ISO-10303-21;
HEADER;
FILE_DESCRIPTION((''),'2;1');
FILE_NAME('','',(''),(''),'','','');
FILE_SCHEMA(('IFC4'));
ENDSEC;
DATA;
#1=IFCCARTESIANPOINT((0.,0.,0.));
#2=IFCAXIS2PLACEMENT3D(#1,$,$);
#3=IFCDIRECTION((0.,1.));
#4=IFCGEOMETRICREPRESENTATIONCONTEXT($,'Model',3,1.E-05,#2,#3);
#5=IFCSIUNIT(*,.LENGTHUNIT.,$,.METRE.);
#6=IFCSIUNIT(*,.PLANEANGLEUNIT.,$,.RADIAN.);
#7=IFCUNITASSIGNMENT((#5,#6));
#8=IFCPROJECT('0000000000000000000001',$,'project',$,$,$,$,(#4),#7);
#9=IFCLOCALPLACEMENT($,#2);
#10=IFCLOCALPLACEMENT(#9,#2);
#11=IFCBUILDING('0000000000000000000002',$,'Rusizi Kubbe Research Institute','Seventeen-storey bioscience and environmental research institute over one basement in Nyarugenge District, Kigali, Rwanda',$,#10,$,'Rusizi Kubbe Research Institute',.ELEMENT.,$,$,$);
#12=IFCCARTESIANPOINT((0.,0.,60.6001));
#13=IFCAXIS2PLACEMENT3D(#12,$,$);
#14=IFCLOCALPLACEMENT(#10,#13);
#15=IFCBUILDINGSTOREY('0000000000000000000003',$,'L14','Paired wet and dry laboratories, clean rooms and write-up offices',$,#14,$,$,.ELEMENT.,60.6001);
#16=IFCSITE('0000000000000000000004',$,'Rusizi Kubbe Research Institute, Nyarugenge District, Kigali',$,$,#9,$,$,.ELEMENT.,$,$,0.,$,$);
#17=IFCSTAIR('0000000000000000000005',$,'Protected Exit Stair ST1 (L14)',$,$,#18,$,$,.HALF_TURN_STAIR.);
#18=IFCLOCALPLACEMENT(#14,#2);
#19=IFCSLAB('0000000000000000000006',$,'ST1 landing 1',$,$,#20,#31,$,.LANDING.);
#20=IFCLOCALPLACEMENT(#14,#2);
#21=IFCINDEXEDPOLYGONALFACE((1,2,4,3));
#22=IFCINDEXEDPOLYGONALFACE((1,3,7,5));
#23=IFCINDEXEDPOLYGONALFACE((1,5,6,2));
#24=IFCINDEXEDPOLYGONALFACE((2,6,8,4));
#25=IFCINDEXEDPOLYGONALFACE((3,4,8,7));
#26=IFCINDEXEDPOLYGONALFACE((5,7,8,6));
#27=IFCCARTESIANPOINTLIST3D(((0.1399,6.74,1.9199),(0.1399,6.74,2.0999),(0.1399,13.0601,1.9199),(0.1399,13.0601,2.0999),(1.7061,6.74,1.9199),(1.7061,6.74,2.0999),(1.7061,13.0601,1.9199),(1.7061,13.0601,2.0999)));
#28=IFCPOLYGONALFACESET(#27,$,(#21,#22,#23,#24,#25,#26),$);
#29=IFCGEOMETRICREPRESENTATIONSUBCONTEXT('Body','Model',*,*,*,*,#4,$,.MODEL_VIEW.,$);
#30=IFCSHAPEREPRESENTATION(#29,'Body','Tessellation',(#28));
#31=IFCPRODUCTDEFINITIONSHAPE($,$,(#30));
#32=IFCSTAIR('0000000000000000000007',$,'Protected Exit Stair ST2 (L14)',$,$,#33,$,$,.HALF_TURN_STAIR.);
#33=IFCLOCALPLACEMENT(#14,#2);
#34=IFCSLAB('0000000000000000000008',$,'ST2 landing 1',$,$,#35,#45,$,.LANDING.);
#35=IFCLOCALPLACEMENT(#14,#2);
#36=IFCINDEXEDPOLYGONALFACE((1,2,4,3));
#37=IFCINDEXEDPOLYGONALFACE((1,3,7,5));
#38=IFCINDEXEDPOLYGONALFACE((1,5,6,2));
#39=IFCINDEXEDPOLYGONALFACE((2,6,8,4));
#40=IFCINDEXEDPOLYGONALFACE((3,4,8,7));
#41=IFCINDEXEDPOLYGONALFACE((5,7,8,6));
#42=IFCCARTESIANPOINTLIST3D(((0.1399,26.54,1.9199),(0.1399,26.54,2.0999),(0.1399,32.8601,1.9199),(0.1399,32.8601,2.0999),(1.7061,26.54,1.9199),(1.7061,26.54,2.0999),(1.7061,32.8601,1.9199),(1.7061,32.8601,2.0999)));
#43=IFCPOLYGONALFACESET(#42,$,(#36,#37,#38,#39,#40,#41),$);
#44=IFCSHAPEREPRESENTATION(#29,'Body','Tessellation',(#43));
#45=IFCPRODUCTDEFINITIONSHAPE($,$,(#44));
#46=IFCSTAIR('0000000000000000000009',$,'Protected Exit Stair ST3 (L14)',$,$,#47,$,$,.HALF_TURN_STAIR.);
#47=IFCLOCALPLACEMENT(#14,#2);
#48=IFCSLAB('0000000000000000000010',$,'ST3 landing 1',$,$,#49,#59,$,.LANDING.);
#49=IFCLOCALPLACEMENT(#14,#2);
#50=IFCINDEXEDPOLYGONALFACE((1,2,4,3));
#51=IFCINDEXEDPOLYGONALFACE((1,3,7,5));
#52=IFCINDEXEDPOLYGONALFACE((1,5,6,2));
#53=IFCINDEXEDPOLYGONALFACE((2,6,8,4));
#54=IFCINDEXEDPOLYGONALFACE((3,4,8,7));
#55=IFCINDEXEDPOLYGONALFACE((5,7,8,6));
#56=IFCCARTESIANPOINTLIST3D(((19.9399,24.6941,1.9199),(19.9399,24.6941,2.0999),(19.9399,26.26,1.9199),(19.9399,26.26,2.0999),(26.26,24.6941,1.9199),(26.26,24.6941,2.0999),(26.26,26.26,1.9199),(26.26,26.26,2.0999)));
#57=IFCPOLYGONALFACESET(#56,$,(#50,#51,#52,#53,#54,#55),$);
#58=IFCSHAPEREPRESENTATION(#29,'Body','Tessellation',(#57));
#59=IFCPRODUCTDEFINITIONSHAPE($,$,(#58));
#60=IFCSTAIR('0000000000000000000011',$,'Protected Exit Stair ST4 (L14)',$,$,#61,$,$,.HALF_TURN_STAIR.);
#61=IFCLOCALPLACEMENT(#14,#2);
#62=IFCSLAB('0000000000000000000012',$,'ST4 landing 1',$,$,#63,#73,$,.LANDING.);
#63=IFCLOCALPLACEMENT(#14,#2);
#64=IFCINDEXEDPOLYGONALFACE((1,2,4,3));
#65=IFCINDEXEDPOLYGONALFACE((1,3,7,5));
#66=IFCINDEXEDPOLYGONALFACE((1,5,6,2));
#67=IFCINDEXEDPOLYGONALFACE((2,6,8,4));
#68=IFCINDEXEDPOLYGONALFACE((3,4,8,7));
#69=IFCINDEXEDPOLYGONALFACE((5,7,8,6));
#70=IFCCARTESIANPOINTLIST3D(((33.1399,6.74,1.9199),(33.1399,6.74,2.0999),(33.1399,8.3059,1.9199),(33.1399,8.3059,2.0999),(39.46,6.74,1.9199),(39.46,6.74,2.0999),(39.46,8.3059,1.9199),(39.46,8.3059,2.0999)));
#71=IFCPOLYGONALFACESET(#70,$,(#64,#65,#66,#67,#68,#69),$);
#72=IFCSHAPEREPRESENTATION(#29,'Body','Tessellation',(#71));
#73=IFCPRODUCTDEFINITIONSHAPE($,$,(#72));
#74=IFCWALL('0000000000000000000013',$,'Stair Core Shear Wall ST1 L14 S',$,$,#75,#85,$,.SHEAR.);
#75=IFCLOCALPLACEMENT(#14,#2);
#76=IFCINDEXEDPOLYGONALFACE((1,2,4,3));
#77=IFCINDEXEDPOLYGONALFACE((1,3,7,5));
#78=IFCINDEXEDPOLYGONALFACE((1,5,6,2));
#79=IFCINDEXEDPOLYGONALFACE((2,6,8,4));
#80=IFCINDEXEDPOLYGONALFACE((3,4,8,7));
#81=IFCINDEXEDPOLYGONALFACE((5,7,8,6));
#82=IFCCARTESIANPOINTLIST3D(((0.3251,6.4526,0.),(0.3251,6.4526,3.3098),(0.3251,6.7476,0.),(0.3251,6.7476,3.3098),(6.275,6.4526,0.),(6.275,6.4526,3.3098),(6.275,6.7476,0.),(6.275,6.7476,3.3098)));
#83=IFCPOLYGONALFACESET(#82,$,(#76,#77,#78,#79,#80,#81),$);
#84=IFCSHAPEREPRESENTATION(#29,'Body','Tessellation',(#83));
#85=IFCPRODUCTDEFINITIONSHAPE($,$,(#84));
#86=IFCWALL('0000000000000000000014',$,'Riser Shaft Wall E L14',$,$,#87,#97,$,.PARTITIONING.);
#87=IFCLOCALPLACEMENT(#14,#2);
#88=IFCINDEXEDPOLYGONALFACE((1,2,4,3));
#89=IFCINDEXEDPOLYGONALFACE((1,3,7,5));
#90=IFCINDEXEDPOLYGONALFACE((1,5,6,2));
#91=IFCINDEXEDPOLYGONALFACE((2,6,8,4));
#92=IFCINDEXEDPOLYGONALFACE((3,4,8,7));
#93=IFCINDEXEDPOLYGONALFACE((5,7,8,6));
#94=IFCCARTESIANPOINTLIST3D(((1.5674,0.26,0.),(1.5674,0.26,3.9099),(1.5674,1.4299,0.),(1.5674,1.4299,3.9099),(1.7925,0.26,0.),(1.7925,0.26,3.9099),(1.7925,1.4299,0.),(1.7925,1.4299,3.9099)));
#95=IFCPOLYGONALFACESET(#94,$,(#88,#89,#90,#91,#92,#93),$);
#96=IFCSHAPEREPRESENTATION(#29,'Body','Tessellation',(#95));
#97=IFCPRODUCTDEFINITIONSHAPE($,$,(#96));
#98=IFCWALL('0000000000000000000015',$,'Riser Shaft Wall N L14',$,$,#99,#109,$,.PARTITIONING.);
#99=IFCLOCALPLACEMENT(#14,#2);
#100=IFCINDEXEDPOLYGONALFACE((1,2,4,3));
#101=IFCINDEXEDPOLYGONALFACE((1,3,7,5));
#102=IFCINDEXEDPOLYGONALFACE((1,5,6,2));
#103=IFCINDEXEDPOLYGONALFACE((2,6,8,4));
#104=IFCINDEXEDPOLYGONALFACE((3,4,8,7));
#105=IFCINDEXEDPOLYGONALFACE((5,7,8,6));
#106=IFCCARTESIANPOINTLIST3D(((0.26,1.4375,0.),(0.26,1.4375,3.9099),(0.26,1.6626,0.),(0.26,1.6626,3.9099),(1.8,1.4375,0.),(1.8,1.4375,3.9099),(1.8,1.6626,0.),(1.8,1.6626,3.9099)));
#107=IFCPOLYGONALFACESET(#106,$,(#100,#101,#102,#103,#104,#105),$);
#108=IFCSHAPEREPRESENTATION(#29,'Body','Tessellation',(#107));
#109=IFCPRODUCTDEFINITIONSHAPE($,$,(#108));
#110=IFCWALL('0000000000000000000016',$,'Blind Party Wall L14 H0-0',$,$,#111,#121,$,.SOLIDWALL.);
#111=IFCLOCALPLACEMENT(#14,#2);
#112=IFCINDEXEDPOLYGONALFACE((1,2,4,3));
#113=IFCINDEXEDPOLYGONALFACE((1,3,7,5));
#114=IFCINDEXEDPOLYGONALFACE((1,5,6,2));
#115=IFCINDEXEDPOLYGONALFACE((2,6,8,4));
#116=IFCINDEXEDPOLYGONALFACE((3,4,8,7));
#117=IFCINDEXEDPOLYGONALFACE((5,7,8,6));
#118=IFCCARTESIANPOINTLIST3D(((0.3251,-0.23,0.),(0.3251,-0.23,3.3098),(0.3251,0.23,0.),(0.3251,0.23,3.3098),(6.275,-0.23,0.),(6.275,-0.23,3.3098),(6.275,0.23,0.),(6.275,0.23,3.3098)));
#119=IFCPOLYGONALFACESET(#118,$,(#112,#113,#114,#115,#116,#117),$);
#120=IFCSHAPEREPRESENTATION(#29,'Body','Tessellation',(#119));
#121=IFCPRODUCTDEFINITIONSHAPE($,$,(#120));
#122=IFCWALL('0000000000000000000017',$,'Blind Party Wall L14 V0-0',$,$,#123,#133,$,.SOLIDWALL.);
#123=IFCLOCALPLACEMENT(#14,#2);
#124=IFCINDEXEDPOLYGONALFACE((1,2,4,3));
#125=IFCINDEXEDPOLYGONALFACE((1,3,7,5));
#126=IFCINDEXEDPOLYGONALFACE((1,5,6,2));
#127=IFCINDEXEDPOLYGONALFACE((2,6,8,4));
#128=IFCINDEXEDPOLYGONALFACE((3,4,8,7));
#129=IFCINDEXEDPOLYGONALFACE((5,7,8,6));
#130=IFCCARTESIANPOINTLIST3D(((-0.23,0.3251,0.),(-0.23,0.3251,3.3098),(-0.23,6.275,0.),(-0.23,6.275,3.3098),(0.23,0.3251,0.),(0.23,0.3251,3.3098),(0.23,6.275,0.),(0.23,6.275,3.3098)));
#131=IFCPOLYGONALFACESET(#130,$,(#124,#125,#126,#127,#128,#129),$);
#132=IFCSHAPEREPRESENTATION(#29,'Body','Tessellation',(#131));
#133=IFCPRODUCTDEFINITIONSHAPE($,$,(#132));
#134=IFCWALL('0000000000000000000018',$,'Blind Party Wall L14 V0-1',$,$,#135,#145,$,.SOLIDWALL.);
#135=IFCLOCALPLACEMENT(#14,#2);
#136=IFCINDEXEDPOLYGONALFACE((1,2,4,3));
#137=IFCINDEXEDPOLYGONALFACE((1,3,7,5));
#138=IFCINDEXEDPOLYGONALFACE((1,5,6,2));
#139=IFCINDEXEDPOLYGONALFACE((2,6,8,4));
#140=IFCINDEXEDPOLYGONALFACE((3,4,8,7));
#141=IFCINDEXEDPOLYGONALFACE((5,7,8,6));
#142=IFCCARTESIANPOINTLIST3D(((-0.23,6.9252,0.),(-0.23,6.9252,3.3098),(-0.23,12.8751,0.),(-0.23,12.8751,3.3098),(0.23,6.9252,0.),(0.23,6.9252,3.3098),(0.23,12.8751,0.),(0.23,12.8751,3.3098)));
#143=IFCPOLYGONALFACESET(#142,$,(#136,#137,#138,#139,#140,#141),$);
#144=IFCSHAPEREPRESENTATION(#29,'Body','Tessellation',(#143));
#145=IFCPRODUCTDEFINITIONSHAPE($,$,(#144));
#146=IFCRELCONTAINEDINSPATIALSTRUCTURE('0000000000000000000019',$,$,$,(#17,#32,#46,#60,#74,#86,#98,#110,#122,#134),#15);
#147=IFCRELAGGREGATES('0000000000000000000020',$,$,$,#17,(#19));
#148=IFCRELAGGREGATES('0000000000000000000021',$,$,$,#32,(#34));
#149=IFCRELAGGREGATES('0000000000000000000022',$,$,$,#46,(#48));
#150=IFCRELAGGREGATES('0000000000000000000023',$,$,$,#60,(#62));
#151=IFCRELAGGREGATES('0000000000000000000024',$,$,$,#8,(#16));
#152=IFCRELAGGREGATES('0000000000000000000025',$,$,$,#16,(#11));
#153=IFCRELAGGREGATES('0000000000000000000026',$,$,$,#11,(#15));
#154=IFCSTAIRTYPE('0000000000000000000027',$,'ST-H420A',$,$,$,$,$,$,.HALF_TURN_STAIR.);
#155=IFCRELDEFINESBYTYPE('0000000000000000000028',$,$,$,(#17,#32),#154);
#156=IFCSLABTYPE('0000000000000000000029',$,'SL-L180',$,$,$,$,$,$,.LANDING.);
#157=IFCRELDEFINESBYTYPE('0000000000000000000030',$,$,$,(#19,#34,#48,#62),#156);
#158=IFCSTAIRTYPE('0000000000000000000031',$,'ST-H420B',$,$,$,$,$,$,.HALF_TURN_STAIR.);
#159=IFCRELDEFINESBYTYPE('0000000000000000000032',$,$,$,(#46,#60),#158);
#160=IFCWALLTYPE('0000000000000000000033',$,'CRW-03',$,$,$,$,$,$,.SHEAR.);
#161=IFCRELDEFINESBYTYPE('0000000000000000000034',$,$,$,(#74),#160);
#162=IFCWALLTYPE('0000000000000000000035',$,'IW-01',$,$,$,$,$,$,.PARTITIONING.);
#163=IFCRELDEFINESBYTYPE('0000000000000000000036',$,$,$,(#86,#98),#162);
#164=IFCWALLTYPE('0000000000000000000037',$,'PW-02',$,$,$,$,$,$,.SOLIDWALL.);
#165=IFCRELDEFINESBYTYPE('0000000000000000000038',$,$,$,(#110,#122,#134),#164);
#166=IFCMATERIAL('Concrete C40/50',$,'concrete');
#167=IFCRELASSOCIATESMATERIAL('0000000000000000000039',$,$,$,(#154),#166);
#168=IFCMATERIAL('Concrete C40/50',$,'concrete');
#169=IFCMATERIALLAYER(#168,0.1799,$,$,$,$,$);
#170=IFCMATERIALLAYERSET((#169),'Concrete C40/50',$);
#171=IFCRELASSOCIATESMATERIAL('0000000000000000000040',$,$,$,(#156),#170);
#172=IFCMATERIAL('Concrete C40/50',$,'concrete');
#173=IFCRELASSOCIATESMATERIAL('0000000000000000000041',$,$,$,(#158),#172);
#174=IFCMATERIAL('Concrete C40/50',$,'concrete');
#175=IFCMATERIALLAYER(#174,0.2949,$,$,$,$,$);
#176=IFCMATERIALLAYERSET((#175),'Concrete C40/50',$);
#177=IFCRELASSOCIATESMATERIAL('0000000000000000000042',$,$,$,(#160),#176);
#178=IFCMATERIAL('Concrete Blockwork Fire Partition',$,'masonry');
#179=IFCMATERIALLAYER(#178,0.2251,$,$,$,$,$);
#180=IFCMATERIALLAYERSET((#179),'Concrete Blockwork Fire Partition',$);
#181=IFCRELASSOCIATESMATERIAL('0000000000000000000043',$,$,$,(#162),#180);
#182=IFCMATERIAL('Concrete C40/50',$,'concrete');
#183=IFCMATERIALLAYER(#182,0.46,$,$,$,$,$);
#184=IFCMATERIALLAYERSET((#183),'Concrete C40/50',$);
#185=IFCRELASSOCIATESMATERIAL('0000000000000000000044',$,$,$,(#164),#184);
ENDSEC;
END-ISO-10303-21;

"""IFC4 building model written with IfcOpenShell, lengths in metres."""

from ifc_helpers import new_model, si_unit, direction, frame, frame_2d, origin, place, context, subcontext, project, spatial, polyline, rectangle, outline, extrude, material, layer, layer_set, type_object, element, aggregate, save


model = new_model("IFC4")

# Units and contexts
model_context = context("Model", 3, precision=1e-05, world=origin(), true_north=direction((0.0, 1.0)))
body_context = subcontext(model_context, "Body", "Model", "MODEL_VIEW")
ifc_project = project(units=[si_unit("LENGTHUNIT", "METRE"), si_unit("PLANEANGLEUNIT", "RADIAN")], contexts=[model_context])

# Site, building, storey
site_placement = place(None, origin())
site = spatial("IfcSite", under=ifc_project, at=site_placement, Name="Rusizi Kubbe Research Institute, Nyarugenge District, Kigali", CompositionType="ELEMENT", RefElevation=0.0)
building_placement = place(site_placement, origin())
building = spatial("IfcBuilding", under=site, at=building_placement, Name="Rusizi Kubbe Research Institute", Description="Seventeen-storey bioscience and environmental research institute over one basement in Nyarugenge District, Kigali, Rwanda", LongName="Rusizi Kubbe Research Institute", CompositionType="ELEMENT")
storey_placement = place(building_placement, frame((0.0, 0.0, 60.6001)))
storey = spatial("IfcBuildingStorey", under=building, at=storey_placement, Name="L14", Description="Paired wet and dry laboratories, clean rooms and write-up offices", CompositionType="ELEMENT", Elevation=60.6001)

# Stairs, slabs
ifc_material_1 = material(Name="Concrete C40/50", Category="concrete")
stair_type_1 = type_object("IfcStairType", Name="ST-H420A", PredefinedType="HALF_TURN_STAIR", material=ifc_material_1)
stair_1_placement = place(storey_placement, origin())
stair_1 = element("IfcStair", 1, at=stair_1_placement, inside=storey, type_object=stair_type_1, Name="Protected Exit Stair ST1 (L14)", PredefinedType="HALF_TURN_STAIR")
ifc_material_2 = material(Name="Concrete C40/50", Category="concrete")
ifc_layer_1 = layer(ifc_material_2, 0.1799)
ifc_layer_set_1 = layer_set([ifc_layer_1], Name="Concrete C40/50")
slab_type_1 = type_object("IfcSlabType", Name="SL-L180", PredefinedType="LANDING", material=ifc_layer_set_1)
slab_1_placement = place(storey_placement, frame((0.0, 0.0, 1.9199)))
slab_1 = element("IfcSlab", 2, at=slab_1_placement, type_object=slab_type_1, Name="ST1 landing 1", PredefinedType="LANDING", context=body_context, shape_type="SweptSolid", body=[
    extrude(outline(polyline([(1.7061, 13.0601), (0.1399, 13.0601), (0.1399, 6.74), (1.7061, 6.74), (1.7061, 13.0601)])), origin(), (0.0, 0.0, 1.0), 0.1799),
])
aggregate(stair_1, [slab_1])
stair_2_placement = place(storey_placement, origin())
stair_2 = element("IfcStair", 3, at=stair_2_placement, inside=storey, type_object=stair_type_1, Name="Protected Exit Stair ST2 (L14)", PredefinedType="HALF_TURN_STAIR")
slab_2_placement = place(storey_placement, frame((0.0, 0.0, 1.9199)))
slab_2 = element("IfcSlab", 4, at=slab_2_placement, type_object=slab_type_1, Name="ST2 landing 1", PredefinedType="LANDING", context=body_context, shape_type="SweptSolid", body=[
    extrude(outline(polyline([(1.7061, 32.8601), (0.1399, 32.8601), (0.1399, 26.54), (1.7061, 26.54), (1.7061, 32.8601)])), origin(), (0.0, 0.0, 1.0), 0.1799),
])
aggregate(stair_2, [slab_2])
ifc_material_3 = material(Name="Concrete C40/50", Category="concrete")
stair_type_2 = type_object("IfcStairType", Name="ST-H420B", PredefinedType="HALF_TURN_STAIR", material=ifc_material_3)
stair_3_placement = place(storey_placement, origin())
stair_3 = element("IfcStair", 5, at=stair_3_placement, inside=storey, type_object=stair_type_2, Name="Protected Exit Stair ST3 (L14)", PredefinedType="HALF_TURN_STAIR")
slab_3_placement = place(storey_placement, frame((0.0, 0.0, 1.9199)))
slab_3 = element("IfcSlab", 6, at=slab_3_placement, type_object=slab_type_1, Name="ST3 landing 1", PredefinedType="LANDING", context=body_context, shape_type="SweptSolid", body=[
    extrude(outline(polyline([(26.26, 24.6941), (26.26, 26.26), (19.9399, 26.26), (19.9399, 24.6941), (26.26, 24.6941)])), origin(), (0.0, 0.0, 1.0), 0.1799),
])
aggregate(stair_3, [slab_3])
stair_4_placement = place(storey_placement, origin())
stair_4 = element("IfcStair", 7, at=stair_4_placement, inside=storey, type_object=stair_type_2, Name="Protected Exit Stair ST4 (L14)", PredefinedType="HALF_TURN_STAIR")
slab_4_placement = place(storey_placement, frame((0.0, 0.0, 1.9199)))
slab_4 = element("IfcSlab", 8, at=slab_4_placement, type_object=slab_type_1, Name="ST4 landing 1", PredefinedType="LANDING", context=body_context, shape_type="SweptSolid", body=[
    extrude(outline(polyline([(33.1399, 8.3059), (33.1399, 6.74), (39.46, 6.74), (39.46, 8.3059), (33.1399, 8.3059)])), origin(), (0.0, 0.0, 1.0), 0.1799),
])
aggregate(stair_4, [slab_4])

# Walls
ifc_material_4 = material(Name="Concrete C40/50", Category="concrete")
ifc_layer_2 = layer(ifc_material_4, 0.2949)
ifc_layer_set_2 = layer_set([ifc_layer_2], Name="Concrete C40/50")
wall_type_1 = type_object("IfcWallType", Name="CRW-03", PredefinedType="SHEAR", material=ifc_layer_set_2)
wall_1_placement = place(storey_placement, frame((0.325, 6.6001, 0.0), z_axis=(0.0, 0.0, 1.0), x_axis=(1.0, 0.0, 0.0)))
element("IfcWall", 9, at=wall_1_placement, inside=storey, type_object=wall_type_1, Name="Stair Core Shear Wall ST1 L14 S", PredefinedType="SHEAR", context=body_context, shape_type="SweptSolid", body=[
    extrude(rectangle(XDim=5.95, YDim=0.2949, at=frame_2d((2.9751, 0.0))), origin(), (0.0, 0.0, 1.0), 3.3098),
])
ifc_material_5 = material(Name="Concrete Blockwork Fire Partition", Category="masonry")
ifc_layer_3 = layer(ifc_material_5, 0.2251)
ifc_layer_set_3 = layer_set([ifc_layer_3], Name="Concrete Blockwork Fire Partition")
wall_type_2 = type_object("IfcWallType", Name="IW-01", PredefinedType="PARTITIONING", material=ifc_layer_set_3)
wall_2_placement = place(storey_placement, frame((1.6799, 0.26, 0.0), z_axis=(0.0, 0.0, 1.0), x_axis=(0.0, 1.0, 0.0)))
element("IfcWall", 10, at=wall_2_placement, inside=storey, type_object=wall_type_2, Name="Riser Shaft Wall E L14", PredefinedType="PARTITIONING", context=body_context, shape_type="SweptSolid", body=[
    extrude(rectangle(XDim=1.1699, YDim=0.2251, at=frame_2d((0.585, 0.0))), origin(), (0.0, 0.0, 1.0), 3.9099),
])
wall_3_placement = place(storey_placement, frame((0.26, 1.55, 0.0), z_axis=(0.0, 0.0, 1.0), x_axis=(1.0, 0.0, 0.0)))
element("IfcWall", 11, at=wall_3_placement, inside=storey, type_object=wall_type_2, Name="Riser Shaft Wall N L14", PredefinedType="PARTITIONING", context=body_context, shape_type="SweptSolid", body=[
    extrude(rectangle(XDim=1.54, YDim=0.2251, at=frame_2d((0.77, 0.0))), origin(), (0.0, 0.0, 1.0), 3.9099),
])
ifc_material_6 = material(Name="Concrete C40/50", Category="concrete")
ifc_layer_4 = layer(ifc_material_6, 0.46)
ifc_layer_set_4 = layer_set([ifc_layer_4], Name="Concrete C40/50")
wall_type_3 = type_object("IfcWallType", Name="PW-02", PredefinedType="SOLIDWALL", material=ifc_layer_set_4)
for number, where, z_axis, x_axis, name in (
    (12, (0.325, 0.0, 0.0), (0.0, 0.0, 1.0), (1.0, 0.0, 0.0), "Blind Party Wall L14 H0-0"),
    (13, (0.0, 0.325, 0.0), (0.0, 0.0, 1.0), (0.0, 1.0, 0.0), "Blind Party Wall L14 V0-0"),
    (14, (0.0, 6.925, 0.0), (0.0, 0.0, 1.0), (0.0, 1.0, 0.0), "Blind Party Wall L14 V0-1"),
):
    element("IfcWall", number, at=place(storey_placement, frame(where, z_axis=z_axis, x_axis=x_axis)), inside=storey, type_object=wall_type_3, Name=name, PredefinedType="SOLIDWALL", context=body_context, shape_type="SweptSolid", body=[
        extrude(rectangle(XDim=5.95, YDim=0.46, at=frame_2d((2.9751, 0.0))), origin(), (0.0, 0.0, 1.0), 3.3098),
    ])

save(model, "model.ifc")
